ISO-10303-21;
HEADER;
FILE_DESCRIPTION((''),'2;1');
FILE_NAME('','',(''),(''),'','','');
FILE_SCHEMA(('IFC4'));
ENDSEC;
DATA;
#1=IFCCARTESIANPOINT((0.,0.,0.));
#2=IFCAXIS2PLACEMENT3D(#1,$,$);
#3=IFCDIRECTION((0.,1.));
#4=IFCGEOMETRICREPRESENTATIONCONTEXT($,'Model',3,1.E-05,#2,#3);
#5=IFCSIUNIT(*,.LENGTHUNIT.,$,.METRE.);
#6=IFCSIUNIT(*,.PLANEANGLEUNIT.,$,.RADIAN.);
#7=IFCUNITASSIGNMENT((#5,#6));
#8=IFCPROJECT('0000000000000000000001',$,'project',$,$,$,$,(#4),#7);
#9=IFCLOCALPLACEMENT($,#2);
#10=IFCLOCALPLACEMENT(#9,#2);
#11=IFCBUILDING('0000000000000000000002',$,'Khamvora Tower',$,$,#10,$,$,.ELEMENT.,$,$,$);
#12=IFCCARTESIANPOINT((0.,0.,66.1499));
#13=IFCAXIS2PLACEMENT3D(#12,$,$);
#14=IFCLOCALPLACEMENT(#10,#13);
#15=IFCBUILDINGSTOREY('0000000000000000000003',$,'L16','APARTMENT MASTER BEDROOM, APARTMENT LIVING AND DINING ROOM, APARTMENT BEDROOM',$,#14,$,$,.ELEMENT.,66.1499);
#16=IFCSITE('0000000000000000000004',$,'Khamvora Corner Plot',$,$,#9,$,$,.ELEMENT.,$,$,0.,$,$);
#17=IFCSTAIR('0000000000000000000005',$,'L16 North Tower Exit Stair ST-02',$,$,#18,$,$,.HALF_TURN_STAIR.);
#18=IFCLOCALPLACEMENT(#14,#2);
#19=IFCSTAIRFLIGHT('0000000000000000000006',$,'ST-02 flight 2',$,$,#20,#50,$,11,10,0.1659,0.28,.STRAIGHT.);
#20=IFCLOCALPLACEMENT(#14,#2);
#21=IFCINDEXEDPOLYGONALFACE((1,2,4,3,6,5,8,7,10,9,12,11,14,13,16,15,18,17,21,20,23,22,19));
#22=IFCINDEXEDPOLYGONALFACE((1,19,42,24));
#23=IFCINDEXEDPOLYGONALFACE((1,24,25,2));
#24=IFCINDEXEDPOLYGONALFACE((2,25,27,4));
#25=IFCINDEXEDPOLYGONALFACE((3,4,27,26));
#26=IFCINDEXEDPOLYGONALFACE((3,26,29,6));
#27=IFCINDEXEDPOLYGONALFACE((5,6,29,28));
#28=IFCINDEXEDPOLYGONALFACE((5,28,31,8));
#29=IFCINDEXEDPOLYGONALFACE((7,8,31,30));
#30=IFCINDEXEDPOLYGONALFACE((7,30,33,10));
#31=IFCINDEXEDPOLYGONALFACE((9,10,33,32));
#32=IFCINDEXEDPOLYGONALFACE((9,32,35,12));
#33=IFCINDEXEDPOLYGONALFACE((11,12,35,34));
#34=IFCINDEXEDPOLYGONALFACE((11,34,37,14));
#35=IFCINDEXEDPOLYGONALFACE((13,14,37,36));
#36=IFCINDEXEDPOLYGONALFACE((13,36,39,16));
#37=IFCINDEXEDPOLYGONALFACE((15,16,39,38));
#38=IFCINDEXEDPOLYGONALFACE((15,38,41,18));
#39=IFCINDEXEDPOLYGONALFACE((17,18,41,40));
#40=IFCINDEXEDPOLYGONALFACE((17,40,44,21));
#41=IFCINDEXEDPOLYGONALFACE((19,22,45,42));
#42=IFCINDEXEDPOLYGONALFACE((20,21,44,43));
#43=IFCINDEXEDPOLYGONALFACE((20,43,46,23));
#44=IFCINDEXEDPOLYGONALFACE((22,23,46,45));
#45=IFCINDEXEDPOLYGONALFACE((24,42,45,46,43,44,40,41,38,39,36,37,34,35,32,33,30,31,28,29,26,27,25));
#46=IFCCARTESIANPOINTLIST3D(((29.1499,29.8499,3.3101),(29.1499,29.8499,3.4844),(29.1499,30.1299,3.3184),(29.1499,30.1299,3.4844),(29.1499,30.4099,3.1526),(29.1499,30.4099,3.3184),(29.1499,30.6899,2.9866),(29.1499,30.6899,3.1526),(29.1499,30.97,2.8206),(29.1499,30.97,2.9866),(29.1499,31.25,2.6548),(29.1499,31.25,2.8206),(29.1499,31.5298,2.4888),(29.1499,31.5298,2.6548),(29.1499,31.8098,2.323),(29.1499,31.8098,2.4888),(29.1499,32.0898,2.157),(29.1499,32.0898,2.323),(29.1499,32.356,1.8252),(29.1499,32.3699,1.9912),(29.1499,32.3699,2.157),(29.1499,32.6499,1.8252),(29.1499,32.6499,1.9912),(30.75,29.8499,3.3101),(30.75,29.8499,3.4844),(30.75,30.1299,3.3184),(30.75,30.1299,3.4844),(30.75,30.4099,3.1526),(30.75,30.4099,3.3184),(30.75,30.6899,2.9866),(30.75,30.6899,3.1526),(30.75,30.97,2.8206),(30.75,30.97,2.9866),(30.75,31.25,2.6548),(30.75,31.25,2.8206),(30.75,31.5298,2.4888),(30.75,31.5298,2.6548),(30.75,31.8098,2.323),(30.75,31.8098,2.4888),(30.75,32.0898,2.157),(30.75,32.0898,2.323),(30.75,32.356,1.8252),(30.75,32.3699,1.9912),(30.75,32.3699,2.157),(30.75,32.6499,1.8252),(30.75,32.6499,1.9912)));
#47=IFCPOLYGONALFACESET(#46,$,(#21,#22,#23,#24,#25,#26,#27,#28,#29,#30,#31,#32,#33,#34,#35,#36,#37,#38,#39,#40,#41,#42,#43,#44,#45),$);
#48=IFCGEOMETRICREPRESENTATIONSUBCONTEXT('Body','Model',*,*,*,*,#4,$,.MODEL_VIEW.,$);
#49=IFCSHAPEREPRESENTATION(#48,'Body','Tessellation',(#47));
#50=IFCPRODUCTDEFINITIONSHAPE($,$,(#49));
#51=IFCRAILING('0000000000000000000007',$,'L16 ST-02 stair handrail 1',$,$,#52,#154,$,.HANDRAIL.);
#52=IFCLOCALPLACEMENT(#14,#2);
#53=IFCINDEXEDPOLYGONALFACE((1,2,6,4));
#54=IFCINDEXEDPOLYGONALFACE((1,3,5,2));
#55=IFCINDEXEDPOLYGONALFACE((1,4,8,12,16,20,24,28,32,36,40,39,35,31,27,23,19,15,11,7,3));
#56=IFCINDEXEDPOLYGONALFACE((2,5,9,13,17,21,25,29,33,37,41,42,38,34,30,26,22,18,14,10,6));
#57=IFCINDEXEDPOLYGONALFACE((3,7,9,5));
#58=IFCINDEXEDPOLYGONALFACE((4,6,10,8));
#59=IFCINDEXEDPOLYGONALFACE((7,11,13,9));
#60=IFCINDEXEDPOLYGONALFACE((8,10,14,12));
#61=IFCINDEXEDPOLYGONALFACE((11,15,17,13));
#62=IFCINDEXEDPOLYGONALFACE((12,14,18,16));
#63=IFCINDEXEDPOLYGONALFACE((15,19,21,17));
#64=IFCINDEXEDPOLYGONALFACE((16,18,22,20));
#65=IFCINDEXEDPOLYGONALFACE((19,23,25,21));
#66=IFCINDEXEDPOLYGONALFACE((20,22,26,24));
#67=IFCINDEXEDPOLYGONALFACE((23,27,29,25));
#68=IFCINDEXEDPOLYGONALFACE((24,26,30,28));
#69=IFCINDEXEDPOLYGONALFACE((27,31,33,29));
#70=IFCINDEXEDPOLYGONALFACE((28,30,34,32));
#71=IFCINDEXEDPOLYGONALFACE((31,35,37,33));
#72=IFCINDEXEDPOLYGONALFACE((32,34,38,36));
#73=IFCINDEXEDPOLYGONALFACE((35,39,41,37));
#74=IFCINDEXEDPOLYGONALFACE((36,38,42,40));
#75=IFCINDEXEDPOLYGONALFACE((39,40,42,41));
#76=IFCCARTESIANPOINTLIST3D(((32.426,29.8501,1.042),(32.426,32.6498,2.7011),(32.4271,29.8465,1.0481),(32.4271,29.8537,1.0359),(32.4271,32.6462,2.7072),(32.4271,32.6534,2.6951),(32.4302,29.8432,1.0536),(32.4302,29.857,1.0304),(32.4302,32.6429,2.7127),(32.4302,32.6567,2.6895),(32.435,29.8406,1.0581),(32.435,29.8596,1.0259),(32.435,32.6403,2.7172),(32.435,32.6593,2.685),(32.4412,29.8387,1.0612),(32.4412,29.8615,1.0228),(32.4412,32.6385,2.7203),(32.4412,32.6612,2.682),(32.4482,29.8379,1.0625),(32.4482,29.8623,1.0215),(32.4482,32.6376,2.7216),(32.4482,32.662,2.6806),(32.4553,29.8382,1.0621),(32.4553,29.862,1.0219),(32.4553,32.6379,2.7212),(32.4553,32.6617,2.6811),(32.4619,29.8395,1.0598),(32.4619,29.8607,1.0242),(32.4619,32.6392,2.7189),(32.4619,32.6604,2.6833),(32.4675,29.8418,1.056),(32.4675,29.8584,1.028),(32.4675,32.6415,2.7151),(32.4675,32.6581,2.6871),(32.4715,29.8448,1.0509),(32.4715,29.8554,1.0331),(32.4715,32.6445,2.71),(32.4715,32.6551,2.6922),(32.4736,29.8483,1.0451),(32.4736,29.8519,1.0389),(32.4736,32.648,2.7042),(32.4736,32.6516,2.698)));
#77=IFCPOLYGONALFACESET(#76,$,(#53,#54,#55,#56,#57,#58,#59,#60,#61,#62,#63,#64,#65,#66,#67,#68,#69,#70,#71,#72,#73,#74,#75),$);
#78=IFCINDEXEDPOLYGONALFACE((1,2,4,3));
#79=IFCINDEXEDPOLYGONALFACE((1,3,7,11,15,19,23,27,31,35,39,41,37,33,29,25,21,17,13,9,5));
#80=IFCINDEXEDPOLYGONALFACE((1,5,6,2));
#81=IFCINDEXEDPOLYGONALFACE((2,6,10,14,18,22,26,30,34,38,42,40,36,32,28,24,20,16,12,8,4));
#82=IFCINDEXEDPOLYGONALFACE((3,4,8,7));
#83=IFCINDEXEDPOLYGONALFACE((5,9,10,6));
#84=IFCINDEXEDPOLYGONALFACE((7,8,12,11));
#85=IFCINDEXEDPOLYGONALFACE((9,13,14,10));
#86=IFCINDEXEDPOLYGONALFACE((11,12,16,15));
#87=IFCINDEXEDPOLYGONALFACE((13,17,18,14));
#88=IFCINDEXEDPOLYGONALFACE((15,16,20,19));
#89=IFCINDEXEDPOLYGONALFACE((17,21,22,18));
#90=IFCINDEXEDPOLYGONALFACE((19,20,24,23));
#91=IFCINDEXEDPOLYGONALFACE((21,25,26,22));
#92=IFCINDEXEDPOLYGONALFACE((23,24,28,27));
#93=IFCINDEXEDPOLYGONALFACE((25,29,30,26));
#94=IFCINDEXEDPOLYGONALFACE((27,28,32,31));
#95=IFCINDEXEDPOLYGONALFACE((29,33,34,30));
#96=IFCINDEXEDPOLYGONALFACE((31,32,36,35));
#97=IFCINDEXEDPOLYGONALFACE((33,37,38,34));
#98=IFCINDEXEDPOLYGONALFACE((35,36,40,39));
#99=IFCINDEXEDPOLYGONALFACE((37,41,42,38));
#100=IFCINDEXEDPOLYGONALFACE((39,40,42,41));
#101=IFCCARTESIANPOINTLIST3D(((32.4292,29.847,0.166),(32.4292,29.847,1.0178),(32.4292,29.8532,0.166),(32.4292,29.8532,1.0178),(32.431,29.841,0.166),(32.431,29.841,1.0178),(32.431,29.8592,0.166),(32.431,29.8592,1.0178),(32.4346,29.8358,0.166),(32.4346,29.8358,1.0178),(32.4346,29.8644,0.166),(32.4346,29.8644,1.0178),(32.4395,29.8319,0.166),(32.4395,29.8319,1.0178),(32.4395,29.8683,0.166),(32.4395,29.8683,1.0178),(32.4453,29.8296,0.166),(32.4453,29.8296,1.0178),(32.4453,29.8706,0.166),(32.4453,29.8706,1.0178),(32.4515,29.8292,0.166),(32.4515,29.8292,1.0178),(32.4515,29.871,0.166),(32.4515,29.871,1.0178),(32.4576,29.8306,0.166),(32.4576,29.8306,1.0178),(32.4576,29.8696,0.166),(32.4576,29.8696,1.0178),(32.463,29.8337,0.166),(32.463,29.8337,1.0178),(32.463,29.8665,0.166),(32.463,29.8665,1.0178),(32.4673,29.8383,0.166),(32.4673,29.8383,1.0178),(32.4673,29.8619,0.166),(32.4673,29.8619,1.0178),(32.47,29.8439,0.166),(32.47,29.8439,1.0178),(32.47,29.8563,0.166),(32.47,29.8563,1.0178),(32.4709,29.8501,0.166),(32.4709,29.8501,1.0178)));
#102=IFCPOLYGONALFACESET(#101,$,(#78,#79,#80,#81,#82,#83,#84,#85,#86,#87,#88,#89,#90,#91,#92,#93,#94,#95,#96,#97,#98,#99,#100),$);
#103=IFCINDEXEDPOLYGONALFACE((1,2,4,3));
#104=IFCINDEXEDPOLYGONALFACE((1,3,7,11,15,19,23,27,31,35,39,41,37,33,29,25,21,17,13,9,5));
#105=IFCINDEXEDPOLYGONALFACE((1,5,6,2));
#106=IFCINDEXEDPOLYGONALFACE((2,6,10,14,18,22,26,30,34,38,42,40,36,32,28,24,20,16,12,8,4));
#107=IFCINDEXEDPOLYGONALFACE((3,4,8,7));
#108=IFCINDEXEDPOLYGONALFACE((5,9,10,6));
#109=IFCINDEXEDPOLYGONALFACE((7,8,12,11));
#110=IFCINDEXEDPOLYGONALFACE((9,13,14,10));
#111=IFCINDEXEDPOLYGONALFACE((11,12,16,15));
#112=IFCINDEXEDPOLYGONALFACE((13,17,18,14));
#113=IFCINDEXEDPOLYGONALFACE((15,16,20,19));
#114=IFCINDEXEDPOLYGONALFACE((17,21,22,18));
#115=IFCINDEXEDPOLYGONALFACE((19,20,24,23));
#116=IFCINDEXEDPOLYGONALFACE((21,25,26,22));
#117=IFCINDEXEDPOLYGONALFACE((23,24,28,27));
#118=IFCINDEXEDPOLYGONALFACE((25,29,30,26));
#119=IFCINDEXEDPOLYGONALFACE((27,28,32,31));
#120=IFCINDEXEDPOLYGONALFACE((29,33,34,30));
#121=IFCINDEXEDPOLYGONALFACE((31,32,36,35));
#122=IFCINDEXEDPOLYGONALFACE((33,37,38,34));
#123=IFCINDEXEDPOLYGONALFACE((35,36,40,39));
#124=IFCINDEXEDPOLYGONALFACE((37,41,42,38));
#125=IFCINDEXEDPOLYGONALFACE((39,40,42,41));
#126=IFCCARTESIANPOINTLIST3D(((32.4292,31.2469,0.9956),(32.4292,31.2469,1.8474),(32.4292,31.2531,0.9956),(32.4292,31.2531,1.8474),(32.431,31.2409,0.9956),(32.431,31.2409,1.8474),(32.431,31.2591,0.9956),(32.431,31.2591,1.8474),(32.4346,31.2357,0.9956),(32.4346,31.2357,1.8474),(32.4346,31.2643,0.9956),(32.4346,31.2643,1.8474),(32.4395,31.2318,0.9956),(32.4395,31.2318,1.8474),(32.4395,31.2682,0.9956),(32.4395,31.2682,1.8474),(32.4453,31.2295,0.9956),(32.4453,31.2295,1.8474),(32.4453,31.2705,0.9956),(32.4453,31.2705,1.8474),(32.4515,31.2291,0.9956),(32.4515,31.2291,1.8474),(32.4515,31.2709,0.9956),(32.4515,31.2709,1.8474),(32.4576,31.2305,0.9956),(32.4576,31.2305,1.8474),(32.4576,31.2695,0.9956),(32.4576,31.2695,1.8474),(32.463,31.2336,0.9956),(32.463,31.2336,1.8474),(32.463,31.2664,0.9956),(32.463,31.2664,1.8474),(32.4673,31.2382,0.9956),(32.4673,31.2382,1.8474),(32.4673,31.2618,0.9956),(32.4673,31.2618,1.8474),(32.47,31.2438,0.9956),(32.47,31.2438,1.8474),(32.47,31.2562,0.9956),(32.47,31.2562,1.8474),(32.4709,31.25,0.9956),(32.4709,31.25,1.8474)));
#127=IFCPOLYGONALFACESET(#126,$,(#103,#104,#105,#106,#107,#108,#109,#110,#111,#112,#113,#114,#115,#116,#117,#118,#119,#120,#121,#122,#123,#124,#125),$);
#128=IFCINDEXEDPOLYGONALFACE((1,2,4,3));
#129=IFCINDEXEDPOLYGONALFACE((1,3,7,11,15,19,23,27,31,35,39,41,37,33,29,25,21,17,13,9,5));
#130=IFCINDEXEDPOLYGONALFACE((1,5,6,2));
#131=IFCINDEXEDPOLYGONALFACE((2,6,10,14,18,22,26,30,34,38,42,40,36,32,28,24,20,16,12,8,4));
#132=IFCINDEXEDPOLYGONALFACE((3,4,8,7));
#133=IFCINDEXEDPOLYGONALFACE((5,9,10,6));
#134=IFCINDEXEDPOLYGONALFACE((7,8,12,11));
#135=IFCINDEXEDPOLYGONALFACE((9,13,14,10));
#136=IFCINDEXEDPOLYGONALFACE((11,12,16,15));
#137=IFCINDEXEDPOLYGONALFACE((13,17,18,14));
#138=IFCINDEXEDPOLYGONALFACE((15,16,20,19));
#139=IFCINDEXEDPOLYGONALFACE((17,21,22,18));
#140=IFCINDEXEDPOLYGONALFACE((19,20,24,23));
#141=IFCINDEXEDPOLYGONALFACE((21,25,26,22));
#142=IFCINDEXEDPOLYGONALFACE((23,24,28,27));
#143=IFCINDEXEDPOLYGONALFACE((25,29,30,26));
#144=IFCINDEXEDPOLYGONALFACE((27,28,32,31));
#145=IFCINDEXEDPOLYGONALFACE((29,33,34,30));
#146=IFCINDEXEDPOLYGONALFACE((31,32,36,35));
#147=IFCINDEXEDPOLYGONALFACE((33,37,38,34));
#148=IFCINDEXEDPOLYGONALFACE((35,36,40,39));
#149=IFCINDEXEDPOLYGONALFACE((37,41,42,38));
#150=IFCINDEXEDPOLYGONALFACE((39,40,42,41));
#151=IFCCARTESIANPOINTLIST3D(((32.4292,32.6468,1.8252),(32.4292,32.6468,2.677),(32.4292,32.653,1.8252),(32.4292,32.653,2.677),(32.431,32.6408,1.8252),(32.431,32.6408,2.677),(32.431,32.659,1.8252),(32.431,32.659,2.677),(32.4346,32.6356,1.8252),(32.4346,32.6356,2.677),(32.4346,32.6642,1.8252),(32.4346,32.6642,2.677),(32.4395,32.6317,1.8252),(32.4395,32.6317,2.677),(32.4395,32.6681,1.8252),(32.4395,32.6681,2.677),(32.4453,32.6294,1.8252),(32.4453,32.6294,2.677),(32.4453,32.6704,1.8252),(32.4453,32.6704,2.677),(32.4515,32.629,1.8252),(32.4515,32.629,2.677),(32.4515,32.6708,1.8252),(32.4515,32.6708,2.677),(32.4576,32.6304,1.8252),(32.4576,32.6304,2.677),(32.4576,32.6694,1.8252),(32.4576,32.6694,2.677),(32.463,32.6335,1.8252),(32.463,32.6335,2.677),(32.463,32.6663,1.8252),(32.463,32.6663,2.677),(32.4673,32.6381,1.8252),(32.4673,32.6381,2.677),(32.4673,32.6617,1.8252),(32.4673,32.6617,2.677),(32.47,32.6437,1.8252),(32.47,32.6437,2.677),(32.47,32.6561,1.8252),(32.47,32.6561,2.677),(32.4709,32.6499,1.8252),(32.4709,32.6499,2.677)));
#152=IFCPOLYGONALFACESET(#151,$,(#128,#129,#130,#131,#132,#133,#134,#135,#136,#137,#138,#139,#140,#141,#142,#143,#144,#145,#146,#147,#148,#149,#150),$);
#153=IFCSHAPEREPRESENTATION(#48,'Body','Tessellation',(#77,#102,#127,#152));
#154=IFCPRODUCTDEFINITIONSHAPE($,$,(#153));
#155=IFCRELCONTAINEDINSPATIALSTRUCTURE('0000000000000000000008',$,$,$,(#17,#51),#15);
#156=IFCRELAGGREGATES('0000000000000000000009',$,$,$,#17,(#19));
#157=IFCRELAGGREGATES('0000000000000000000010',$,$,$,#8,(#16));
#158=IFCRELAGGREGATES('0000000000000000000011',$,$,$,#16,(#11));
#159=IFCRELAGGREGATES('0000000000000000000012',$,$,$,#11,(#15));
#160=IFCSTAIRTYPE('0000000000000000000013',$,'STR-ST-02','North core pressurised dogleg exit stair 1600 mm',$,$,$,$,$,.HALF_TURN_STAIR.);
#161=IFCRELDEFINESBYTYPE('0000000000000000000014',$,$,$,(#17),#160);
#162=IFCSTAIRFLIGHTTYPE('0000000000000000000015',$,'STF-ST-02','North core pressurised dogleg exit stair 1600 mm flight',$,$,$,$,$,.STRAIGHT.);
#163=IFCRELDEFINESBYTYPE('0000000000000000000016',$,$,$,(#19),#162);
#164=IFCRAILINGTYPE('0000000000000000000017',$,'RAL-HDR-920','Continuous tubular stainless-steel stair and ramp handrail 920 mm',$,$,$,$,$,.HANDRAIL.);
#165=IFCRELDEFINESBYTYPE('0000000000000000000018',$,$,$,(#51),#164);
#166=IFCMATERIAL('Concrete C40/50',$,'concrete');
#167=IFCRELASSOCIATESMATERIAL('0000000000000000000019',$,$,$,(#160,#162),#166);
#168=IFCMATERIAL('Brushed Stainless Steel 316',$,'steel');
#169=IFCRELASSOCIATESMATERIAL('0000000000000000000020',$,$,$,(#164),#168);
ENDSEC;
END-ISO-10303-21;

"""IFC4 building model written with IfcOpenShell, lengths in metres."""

from ifc_helpers import new_model, si_unit, direction, frame, origin, origin_2d, place, context, subcontext, project, spatial, polyline, circle, outline, extrude, material, type_object, element, aggregate, save


model = new_model("IFC4")

# Units and contexts
model_context = context("Model", 3, precision=1e-05, world=origin(), true_north=direction((0.0, 1.0)))
body_context = subcontext(model_context, "Body", "Model", "MODEL_VIEW")
ifc_project = project(units=[si_unit("LENGTHUNIT", "METRE"), si_unit("PLANEANGLEUNIT", "RADIAN")], contexts=[model_context])

# Site, building, storey
site_placement = place(None, origin())
site = spatial("IfcSite", under=ifc_project, at=site_placement, Name="Khamvora Corner Plot", CompositionType="ELEMENT", RefElevation=0.0)
building_placement = place(site_placement, origin())
building = spatial("IfcBuilding", under=site, at=building_placement, Name="Khamvora Tower", CompositionType="ELEMENT")
storey_placement = place(building_placement, frame((0.0, 0.0, 66.1499)))
storey = spatial("IfcBuildingStorey", under=building, at=storey_placement, Name="L16", Description="APARTMENT MASTER BEDROOM, APARTMENT LIVING AND DINING ROOM, APARTMENT BEDROOM", CompositionType="ELEMENT", Elevation=66.1499)

# Shared definitions
ifc_material_1 = material(Name="Concrete C40/50", Category="concrete")

# Stair, stair flight
stair_type = type_object("IfcStairType", Name="STR-ST-02", Description="North core pressurised dogleg exit stair 1600 mm", PredefinedType="HALF_TURN_STAIR", material=ifc_material_1)
stair_placement = place(storey_placement, origin())
stair = element("IfcStair", 1, at=stair_placement, inside=storey, type_object=stair_type, Name="L16 North Tower Exit Stair ST-02", PredefinedType="HALF_TURN_STAIR")
stair_flight_type = type_object("IfcStairFlightType", Name="STF-ST-02", Description="North core pressurised dogleg exit stair 1600 mm flight", PredefinedType="STRAIGHT", material=ifc_material_1)
stair_flight_1_placement = place(storey_placement, frame((29.95, 32.6499, 1.8252), z_axis=(0.0, 0.0, 1.0), x_axis=(0.0, -1.0, 0.0)))
stair_flight_1 = element("IfcStairFlight", 2, at=stair_flight_1_placement, type_object=stair_flight_type, Name="ST-02 flight 2", NumberOfRisers=11, NumberOfTreads=10, PredefinedType="STRAIGHT", RiserHeight=0.1659, TreadLength=0.28, context=body_context, shape_type="SweptSolid", body=[
    extrude(outline(polyline([(0.0, 0.0), (0.0, 0.166), (0.28, 0.166), (0.28, 0.3318), (0.5601, 0.3318), (0.5601, 0.4978), (0.8401, 0.4978), (0.8401, 0.6636), (1.1201, 0.6636), (1.1201, 0.8296), (1.3999, 0.8296), (1.3999, 0.9954), (1.6799, 0.9954), (1.6799, 1.1614), (1.96, 1.1614), (1.96, 1.3274), (2.24, 1.3274), (2.24, 1.4932), (2.52, 1.4932), (2.52, 1.6592), (2.8, 1.6592), (2.8, 1.825), (2.8, 1.4849), (0.2939, 0.0), (0.0, 0.0)])), frame((0.0, 0.8, 0.0), z_axis=(0.0, -1.0, 0.0), x_axis=(1.0, 0.0, 0.0)), (0.0, 0.0, 1.0), 1.6001),
])
aggregate(stair, [stair_flight_1])

# Railing
ifc_material_2 = material(Name="Brushed Stainless Steel 316", Category="steel")
railing_type_1 = type_object("IfcRailingType", Name="RAL-HDR-920", Description="Continuous tubular stainless-steel stair and ramp handrail 920 mm", PredefinedType="HANDRAIL", material=ifc_material_2)
railing_1_placement = place(storey_placement, frame((32.45, 29.8501, 0.166)))
element("IfcRailing", 3, at=railing_1_placement, inside=storey, type_object=railing_type_1, Name="L16 ST-02 stair handrail 1", PredefinedType="HANDRAIL", context=body_context, shape_type="SweptSolid", body=[
    extrude(circle(Radius=0.0239, at=origin_2d()), frame((0.0, 0.0, 0.876), z_axis=(0.0, 0.860287, 0.509811), x_axis=(-1.0, 0.0, 0.0)), (0.0, 0.0, 1.0), 3.2544),
    extrude(circle(Radius=0.021, at=origin_2d()), origin(), (0.0, 0.0, 1.0), 0.8518),
    extrude(circle(Radius=0.021, at=origin_2d()), frame((0.0, 1.3999, 0.8296)), (0.0, 0.0, 1.0), 0.8518),
    extrude(circle(Radius=0.021, at=origin_2d()), frame((0.0, 2.7998, 1.6592)), (0.0, 0.0, 1.0), 0.8518),
])

save(model, "model.ifc")
